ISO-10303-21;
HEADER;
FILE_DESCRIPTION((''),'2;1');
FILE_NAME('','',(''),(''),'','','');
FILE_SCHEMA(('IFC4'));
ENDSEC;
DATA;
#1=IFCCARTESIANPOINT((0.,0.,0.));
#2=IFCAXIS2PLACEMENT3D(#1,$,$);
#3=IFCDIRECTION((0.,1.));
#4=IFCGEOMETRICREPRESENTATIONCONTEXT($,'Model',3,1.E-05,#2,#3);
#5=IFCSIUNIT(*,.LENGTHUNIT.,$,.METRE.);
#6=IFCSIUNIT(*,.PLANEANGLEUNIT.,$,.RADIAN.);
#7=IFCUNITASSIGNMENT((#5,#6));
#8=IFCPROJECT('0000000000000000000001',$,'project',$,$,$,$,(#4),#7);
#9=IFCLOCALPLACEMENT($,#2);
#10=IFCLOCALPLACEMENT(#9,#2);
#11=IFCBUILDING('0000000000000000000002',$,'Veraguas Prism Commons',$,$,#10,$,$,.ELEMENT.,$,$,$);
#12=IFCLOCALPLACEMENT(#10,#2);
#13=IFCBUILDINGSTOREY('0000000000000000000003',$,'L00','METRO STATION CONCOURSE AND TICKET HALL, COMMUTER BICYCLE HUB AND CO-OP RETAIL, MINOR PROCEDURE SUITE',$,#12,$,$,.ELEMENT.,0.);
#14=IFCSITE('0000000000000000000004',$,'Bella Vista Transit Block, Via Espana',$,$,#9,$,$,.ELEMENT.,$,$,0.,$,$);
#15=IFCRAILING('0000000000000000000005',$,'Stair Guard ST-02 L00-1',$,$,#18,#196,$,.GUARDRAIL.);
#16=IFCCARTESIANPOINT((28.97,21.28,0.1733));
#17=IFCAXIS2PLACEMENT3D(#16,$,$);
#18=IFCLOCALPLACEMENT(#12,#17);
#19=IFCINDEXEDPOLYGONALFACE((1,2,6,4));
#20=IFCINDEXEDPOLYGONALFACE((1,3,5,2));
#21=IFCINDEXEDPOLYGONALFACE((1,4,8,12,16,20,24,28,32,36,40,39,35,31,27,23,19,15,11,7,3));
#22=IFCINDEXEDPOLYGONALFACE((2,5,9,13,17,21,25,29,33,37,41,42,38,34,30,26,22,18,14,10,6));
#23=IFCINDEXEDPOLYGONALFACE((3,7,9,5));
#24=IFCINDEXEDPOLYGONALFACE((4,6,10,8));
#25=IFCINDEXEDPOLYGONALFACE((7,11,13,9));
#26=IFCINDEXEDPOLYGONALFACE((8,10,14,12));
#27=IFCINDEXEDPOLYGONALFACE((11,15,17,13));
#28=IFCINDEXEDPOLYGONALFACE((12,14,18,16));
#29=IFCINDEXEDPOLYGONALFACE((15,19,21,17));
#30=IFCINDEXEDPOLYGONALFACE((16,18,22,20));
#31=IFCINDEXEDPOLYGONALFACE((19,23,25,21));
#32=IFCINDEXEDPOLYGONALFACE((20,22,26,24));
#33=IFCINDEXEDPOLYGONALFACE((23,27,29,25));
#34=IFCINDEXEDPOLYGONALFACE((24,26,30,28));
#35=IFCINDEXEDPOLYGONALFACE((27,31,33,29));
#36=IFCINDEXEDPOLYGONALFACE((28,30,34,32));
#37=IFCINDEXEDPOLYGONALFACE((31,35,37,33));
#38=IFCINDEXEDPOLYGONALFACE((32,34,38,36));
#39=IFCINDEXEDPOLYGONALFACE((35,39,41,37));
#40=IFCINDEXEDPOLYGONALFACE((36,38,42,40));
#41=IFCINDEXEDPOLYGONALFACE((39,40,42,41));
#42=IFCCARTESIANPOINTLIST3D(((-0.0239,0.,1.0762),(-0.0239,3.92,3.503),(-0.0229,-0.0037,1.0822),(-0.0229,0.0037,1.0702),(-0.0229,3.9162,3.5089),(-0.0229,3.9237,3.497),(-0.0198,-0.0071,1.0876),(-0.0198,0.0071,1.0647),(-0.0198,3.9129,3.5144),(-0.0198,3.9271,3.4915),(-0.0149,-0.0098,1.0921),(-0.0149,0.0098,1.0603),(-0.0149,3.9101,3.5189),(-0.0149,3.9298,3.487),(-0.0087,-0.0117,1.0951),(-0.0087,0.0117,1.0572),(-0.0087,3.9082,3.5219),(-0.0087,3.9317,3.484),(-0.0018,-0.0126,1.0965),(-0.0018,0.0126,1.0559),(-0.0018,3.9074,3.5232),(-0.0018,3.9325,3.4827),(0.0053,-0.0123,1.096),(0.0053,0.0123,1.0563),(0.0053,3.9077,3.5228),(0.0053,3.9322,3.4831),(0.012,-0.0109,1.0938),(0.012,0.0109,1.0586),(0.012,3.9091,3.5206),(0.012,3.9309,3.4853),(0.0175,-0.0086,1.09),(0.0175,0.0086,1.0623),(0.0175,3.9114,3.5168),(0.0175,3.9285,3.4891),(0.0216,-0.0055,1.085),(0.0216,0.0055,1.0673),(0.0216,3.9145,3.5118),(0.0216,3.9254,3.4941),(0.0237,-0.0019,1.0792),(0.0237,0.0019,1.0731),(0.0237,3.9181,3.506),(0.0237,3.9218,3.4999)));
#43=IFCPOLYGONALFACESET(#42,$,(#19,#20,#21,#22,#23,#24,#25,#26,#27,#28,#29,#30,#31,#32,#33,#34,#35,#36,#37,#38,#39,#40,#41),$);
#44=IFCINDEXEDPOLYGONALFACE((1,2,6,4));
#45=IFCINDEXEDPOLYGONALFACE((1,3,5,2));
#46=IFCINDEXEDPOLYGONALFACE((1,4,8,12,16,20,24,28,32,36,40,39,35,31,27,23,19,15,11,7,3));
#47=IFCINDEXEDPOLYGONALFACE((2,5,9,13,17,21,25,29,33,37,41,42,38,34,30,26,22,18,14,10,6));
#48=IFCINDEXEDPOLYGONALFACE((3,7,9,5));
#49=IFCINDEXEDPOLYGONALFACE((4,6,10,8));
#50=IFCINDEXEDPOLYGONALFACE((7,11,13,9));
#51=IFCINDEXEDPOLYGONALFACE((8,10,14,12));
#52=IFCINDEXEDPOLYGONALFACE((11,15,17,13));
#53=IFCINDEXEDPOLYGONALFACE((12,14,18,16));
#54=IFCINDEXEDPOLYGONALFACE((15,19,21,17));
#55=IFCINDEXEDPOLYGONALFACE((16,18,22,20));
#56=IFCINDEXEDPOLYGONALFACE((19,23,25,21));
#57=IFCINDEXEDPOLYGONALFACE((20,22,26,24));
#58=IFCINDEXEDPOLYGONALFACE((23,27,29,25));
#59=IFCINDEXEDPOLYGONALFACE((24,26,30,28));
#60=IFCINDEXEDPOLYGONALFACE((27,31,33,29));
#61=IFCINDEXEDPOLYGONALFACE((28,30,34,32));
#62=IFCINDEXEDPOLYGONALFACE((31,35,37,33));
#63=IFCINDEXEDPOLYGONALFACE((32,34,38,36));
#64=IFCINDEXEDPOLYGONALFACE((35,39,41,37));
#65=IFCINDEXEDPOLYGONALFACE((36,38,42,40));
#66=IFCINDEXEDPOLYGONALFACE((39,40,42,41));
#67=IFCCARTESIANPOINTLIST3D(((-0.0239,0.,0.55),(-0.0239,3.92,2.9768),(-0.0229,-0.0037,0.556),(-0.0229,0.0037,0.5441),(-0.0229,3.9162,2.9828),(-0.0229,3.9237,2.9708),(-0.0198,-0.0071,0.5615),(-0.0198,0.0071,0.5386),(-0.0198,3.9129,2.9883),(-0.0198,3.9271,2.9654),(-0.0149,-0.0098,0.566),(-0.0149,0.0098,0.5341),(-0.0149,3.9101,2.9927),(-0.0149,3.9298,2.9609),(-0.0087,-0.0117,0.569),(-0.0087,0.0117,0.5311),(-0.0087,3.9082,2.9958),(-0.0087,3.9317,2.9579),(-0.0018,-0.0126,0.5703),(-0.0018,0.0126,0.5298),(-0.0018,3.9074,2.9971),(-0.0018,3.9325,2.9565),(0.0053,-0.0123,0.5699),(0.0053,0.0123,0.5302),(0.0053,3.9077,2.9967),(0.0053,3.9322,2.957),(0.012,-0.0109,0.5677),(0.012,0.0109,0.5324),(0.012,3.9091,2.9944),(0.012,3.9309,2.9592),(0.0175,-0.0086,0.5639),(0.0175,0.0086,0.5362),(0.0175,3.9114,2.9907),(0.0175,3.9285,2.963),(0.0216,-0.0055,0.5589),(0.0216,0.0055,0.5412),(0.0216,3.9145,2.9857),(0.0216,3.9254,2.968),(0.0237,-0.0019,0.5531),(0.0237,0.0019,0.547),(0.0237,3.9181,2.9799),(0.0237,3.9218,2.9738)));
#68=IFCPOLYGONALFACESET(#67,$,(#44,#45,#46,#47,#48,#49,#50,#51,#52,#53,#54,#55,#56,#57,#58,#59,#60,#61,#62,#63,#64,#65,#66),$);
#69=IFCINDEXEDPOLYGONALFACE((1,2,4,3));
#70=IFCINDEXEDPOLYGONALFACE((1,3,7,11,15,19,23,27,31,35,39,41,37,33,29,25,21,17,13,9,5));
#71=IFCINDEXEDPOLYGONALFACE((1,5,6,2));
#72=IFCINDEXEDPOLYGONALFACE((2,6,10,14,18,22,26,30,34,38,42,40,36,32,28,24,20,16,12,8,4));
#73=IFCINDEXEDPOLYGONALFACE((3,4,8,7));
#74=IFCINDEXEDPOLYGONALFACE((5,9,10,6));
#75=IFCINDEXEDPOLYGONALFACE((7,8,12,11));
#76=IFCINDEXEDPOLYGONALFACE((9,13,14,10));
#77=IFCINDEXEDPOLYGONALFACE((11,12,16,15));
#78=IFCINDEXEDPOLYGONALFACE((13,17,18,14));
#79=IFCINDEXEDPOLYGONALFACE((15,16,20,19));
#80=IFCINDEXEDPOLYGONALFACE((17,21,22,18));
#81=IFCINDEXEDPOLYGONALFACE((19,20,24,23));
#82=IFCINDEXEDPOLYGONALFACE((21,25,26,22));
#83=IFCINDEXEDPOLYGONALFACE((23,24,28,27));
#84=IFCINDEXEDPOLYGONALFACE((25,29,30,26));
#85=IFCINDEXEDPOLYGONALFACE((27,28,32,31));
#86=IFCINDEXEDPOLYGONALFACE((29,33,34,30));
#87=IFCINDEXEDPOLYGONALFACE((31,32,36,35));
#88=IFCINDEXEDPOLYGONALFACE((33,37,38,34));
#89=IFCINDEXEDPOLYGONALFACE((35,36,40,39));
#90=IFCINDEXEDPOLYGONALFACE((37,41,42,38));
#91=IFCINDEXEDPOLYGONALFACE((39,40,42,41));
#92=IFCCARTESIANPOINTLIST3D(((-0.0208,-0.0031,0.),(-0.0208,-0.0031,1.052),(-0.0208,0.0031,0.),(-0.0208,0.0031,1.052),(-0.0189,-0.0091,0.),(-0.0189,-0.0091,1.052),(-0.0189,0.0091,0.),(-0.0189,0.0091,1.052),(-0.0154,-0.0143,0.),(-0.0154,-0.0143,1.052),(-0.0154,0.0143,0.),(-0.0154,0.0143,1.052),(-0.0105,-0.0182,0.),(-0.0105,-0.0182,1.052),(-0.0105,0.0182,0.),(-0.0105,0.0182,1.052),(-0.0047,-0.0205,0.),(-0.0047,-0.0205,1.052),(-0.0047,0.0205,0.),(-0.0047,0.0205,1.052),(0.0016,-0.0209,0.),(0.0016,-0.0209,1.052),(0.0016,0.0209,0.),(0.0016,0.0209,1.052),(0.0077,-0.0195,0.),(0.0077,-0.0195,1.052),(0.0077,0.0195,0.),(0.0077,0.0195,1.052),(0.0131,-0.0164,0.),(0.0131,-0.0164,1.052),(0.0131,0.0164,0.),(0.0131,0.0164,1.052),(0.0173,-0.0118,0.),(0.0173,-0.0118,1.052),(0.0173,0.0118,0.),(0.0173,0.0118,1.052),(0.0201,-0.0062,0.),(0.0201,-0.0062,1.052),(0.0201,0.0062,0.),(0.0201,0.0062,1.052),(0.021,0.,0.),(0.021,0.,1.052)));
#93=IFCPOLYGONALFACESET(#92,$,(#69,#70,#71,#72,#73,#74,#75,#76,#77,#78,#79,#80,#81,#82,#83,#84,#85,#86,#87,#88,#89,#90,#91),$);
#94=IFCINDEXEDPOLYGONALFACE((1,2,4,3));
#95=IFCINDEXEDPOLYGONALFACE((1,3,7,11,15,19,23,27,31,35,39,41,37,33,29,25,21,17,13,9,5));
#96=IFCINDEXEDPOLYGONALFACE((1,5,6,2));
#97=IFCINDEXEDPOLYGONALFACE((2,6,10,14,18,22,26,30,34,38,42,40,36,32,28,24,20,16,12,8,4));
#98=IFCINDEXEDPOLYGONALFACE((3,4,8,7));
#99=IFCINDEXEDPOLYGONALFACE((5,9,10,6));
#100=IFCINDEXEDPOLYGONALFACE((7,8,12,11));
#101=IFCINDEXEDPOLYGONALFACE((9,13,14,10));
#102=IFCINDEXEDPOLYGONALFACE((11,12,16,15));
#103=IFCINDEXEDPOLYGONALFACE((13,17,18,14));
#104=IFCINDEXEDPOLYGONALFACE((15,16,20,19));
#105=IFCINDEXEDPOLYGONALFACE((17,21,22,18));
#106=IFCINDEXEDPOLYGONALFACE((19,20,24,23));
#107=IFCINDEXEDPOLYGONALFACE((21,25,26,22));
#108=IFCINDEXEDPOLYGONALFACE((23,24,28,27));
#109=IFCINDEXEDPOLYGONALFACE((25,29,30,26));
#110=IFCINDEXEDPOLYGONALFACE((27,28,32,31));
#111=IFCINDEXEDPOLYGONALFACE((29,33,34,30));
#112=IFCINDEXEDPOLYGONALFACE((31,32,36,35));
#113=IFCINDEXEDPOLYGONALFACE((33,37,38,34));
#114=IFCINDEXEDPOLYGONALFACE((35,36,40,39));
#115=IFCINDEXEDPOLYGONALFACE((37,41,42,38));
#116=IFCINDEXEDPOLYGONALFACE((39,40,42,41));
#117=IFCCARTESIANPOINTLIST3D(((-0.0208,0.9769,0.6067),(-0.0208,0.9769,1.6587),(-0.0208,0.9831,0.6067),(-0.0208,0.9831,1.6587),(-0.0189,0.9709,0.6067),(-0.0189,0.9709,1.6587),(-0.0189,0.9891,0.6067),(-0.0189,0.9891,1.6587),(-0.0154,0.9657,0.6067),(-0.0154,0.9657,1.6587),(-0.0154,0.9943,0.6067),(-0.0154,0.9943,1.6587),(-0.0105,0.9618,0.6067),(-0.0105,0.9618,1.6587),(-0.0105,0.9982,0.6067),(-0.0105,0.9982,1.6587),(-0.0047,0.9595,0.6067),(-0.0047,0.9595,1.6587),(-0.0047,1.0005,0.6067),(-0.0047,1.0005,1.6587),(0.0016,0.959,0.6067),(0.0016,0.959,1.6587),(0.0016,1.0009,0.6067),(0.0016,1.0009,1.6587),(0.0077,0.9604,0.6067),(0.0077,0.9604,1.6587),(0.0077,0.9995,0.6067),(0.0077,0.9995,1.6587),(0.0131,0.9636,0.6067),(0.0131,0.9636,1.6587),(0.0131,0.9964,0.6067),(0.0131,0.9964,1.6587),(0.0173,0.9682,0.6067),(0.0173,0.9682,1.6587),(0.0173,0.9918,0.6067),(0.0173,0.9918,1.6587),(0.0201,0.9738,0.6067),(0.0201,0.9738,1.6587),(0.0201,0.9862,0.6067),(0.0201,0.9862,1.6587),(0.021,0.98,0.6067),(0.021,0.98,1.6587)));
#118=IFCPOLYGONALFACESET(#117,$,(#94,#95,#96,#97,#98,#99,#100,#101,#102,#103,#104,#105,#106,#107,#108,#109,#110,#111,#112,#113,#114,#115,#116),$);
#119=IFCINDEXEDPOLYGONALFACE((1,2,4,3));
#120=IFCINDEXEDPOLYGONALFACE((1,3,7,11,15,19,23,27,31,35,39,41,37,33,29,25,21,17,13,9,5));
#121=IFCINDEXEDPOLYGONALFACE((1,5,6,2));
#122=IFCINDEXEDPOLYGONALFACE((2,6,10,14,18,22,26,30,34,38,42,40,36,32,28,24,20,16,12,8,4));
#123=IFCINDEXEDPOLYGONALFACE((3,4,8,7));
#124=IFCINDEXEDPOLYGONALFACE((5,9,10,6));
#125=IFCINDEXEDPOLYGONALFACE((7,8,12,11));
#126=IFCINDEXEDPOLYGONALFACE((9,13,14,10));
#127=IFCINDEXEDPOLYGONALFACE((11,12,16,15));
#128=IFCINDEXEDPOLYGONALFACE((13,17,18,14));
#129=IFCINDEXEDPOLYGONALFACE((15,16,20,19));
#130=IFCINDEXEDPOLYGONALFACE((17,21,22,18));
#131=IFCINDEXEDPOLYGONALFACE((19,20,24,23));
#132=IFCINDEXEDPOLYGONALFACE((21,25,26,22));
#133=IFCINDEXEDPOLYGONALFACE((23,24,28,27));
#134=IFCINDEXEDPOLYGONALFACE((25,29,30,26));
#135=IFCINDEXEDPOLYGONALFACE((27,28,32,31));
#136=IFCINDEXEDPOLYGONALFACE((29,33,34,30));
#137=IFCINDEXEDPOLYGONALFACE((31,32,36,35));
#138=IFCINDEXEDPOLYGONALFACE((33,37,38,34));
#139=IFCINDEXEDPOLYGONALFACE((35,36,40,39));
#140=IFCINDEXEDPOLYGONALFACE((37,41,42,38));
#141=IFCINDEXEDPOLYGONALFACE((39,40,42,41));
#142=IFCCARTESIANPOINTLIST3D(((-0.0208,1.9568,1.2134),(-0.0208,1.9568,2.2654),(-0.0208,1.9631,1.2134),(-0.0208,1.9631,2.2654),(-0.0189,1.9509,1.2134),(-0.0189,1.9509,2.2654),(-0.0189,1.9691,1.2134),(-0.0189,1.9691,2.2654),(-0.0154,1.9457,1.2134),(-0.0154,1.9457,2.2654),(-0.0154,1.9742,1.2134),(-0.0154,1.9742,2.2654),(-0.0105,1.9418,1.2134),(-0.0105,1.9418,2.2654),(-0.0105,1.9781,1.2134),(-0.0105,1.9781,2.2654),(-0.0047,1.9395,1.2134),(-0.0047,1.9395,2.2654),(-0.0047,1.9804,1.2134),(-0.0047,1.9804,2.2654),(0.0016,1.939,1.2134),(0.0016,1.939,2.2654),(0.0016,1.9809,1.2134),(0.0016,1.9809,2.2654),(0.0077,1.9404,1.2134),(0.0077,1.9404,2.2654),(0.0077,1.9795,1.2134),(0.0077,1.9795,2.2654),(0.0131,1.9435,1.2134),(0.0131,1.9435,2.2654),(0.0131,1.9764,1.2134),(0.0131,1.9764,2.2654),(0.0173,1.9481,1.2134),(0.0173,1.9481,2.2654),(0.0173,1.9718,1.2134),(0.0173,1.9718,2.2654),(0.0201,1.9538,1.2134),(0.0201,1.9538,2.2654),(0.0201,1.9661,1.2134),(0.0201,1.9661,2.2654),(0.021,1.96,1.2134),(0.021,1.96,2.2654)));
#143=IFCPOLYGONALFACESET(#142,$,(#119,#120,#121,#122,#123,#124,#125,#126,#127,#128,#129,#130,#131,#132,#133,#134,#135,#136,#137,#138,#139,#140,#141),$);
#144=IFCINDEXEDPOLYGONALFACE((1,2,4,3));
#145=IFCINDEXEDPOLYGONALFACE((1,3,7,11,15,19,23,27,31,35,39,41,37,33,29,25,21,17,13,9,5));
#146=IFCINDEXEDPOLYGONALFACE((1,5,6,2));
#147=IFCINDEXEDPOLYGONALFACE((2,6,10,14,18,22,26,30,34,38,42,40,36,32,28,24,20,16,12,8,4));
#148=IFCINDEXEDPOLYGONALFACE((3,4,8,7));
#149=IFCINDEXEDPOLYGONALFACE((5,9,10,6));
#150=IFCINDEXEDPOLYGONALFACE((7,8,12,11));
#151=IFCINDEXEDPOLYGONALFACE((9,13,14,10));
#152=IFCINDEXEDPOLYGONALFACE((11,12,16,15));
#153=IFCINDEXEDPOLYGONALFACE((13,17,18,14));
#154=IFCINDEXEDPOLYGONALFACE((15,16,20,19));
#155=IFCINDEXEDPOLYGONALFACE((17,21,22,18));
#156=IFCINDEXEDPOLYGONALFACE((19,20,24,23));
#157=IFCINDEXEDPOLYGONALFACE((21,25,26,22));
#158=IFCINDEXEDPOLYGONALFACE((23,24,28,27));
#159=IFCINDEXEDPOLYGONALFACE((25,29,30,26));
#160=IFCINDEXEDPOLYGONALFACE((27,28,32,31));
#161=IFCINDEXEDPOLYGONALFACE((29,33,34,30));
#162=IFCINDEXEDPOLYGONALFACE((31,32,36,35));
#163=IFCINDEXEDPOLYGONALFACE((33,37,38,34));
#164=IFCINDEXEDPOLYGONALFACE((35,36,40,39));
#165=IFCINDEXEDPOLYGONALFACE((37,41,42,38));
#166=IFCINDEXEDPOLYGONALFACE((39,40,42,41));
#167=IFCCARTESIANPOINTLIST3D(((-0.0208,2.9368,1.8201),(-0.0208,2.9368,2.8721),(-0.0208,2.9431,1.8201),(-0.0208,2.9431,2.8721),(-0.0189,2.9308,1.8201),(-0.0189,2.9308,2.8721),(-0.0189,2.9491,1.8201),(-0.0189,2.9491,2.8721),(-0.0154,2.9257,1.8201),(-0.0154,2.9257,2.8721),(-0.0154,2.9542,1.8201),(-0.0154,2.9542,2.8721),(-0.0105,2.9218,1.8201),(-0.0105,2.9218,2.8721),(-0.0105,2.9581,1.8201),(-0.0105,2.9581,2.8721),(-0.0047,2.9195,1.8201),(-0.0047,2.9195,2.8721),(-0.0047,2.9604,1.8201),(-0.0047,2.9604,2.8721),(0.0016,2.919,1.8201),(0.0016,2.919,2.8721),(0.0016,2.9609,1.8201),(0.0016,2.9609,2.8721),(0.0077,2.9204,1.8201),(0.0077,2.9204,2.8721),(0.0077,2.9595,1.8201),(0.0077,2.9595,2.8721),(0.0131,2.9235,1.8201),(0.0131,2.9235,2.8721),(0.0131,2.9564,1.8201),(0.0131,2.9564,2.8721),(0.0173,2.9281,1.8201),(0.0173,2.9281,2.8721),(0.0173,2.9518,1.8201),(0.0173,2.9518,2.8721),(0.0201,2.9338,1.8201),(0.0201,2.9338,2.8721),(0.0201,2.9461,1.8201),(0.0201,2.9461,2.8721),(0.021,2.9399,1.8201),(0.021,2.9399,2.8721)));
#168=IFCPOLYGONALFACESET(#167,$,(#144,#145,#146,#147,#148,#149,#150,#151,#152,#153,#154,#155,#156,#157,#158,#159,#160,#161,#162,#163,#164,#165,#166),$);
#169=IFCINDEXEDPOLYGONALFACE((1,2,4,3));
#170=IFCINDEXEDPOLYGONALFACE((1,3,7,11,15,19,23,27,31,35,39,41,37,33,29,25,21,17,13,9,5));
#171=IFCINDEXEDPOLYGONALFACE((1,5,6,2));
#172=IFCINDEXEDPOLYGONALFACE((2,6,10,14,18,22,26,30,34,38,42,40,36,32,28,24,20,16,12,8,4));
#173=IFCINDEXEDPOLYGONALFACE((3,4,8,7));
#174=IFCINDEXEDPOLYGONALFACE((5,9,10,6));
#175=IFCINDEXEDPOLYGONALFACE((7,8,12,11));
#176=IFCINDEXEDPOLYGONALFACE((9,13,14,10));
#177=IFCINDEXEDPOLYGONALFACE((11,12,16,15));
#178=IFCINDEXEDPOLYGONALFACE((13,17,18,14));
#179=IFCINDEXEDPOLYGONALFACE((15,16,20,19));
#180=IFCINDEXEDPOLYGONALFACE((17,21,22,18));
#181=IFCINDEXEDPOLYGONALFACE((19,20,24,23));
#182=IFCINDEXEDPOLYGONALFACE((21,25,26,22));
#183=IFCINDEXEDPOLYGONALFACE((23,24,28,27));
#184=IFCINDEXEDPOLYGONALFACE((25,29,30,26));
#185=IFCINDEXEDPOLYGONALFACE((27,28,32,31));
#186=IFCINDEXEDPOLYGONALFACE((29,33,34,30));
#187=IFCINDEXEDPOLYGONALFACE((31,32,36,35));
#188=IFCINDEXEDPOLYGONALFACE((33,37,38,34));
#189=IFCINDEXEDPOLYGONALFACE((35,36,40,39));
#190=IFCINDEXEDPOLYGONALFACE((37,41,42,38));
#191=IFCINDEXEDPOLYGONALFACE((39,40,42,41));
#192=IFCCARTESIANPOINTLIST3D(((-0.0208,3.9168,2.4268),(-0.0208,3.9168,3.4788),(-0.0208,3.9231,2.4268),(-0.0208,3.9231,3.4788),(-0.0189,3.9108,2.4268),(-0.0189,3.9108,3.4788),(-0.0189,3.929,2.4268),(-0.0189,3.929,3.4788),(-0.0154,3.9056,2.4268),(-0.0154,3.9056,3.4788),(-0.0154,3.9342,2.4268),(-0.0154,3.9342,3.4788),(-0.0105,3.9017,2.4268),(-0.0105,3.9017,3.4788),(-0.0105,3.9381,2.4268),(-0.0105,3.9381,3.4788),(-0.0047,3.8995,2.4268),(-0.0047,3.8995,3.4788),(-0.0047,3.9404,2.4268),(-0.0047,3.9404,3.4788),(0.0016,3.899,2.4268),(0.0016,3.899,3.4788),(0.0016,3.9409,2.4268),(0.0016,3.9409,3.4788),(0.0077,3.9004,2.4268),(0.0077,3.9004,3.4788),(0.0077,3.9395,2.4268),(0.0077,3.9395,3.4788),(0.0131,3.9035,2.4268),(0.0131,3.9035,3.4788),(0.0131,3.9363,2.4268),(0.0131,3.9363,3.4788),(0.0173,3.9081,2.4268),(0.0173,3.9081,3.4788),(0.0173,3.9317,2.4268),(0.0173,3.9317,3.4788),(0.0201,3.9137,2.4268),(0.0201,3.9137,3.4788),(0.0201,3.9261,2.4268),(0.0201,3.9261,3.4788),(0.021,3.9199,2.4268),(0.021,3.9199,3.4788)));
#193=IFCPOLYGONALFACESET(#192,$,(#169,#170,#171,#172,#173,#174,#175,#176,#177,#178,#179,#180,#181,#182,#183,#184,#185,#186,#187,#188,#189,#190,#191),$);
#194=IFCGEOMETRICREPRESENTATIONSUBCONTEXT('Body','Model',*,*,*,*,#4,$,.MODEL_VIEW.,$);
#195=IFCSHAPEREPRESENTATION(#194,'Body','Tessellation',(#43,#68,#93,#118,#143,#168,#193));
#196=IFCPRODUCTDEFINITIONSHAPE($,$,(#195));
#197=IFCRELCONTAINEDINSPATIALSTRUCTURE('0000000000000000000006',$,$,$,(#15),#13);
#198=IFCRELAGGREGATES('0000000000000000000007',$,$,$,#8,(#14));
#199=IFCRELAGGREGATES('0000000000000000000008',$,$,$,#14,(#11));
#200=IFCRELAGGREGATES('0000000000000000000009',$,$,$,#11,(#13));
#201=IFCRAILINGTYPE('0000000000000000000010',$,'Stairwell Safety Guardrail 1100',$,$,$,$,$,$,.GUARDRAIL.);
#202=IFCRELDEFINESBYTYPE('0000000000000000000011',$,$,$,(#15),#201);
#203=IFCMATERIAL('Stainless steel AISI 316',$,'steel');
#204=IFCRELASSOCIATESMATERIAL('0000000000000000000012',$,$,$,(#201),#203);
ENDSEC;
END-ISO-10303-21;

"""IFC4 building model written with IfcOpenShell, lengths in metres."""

from ifc_helpers import new_model, si_unit, direction, frame, origin, origin_2d, place, context, subcontext, project, spatial, circle, extrude, material, type_object, element, save


model = new_model("IFC4")

# Units and contexts
model_context = context("Model", 3, precision=1e-05, world=origin(), true_north=direction((0.0, 1.0)))
body_context = subcontext(model_context, "Body", "Model", "MODEL_VIEW")
ifc_project = project(units=[si_unit("LENGTHUNIT", "METRE"), si_unit("PLANEANGLEUNIT", "RADIAN")], contexts=[model_context])

# Site, building, storey
site_placement = place(None, origin())
site = spatial("IfcSite", under=ifc_project, at=site_placement, Name="Bella Vista Transit Block, Via Espana", CompositionType="ELEMENT", RefElevation=0.0)
building_placement = place(site_placement, origin())
building = spatial("IfcBuilding", under=site, at=building_placement, Name="Veraguas Prism Commons", CompositionType="ELEMENT")
storey_placement = place(building_placement, origin())
storey = spatial("IfcBuildingStorey", under=building, at=storey_placement, Name="L00", Description="METRO STATION CONCOURSE AND TICKET HALL, COMMUTER BICYCLE HUB AND CO-OP RETAIL, MINOR PROCEDURE SUITE", CompositionType="ELEMENT", Elevation=0.0)

# Shared definitions
ifc_material_1 = material(Name="Stainless steel AISI 316", Category="steel")

# Railing
railing_type_1 = type_object("IfcRailingType", Name="Stairwell Safety Guardrail 1100", PredefinedType="GUARDRAIL", material=ifc_material_1)
railing_1_placement = place(storey_placement, frame((28.97, 21.28, 0.1733)))
element("IfcRailing", 1, at=railing_1_placement, inside=storey, type_object=railing_type_1, Name="Stair Guard ST-02 L00-1", PredefinedType="GUARDRAIL", context=body_context, shape_type="SweptSolid", body=[
    extrude(circle(Radius=0.0239, at=origin_2d()), frame((0.0, 0.0, 1.0762), z_axis=(0.0, 0.850252, 0.526376), x_axis=(-1.0, 0.0, 0.0)), (0.0, 0.0, 1.0), 4.6104),
    extrude(circle(Radius=0.0239, at=origin_2d()), frame((0.0, 0.0, 0.55), z_axis=(0.0, 0.850252, 0.526376), x_axis=(-1.0, 0.0, 0.0)), (0.0, 0.0, 1.0), 4.6104),
    extrude(circle(Radius=0.021, at=origin_2d()), origin(), (0.0, 0.0, 1.0), 1.052),
    extrude(circle(Radius=0.021, at=origin_2d()), frame((0.0, 0.98, 0.6067)), (0.0, 0.0, 1.0), 1.052),
    extrude(circle(Radius=0.021, at=origin_2d()), frame((0.0, 1.96, 1.2134)), (0.0, 0.0, 1.0), 1.052),
    extrude(circle(Radius=0.021, at=origin_2d()), frame((0.0, 2.9399, 1.8201)), (0.0, 0.0, 1.0), 1.052),
    extrude(circle(Radius=0.021, at=origin_2d()), frame((0.0, 3.9199, 2.4268)), (0.0, 0.0, 1.0), 1.052),
])

save(model, "model.ifc")
